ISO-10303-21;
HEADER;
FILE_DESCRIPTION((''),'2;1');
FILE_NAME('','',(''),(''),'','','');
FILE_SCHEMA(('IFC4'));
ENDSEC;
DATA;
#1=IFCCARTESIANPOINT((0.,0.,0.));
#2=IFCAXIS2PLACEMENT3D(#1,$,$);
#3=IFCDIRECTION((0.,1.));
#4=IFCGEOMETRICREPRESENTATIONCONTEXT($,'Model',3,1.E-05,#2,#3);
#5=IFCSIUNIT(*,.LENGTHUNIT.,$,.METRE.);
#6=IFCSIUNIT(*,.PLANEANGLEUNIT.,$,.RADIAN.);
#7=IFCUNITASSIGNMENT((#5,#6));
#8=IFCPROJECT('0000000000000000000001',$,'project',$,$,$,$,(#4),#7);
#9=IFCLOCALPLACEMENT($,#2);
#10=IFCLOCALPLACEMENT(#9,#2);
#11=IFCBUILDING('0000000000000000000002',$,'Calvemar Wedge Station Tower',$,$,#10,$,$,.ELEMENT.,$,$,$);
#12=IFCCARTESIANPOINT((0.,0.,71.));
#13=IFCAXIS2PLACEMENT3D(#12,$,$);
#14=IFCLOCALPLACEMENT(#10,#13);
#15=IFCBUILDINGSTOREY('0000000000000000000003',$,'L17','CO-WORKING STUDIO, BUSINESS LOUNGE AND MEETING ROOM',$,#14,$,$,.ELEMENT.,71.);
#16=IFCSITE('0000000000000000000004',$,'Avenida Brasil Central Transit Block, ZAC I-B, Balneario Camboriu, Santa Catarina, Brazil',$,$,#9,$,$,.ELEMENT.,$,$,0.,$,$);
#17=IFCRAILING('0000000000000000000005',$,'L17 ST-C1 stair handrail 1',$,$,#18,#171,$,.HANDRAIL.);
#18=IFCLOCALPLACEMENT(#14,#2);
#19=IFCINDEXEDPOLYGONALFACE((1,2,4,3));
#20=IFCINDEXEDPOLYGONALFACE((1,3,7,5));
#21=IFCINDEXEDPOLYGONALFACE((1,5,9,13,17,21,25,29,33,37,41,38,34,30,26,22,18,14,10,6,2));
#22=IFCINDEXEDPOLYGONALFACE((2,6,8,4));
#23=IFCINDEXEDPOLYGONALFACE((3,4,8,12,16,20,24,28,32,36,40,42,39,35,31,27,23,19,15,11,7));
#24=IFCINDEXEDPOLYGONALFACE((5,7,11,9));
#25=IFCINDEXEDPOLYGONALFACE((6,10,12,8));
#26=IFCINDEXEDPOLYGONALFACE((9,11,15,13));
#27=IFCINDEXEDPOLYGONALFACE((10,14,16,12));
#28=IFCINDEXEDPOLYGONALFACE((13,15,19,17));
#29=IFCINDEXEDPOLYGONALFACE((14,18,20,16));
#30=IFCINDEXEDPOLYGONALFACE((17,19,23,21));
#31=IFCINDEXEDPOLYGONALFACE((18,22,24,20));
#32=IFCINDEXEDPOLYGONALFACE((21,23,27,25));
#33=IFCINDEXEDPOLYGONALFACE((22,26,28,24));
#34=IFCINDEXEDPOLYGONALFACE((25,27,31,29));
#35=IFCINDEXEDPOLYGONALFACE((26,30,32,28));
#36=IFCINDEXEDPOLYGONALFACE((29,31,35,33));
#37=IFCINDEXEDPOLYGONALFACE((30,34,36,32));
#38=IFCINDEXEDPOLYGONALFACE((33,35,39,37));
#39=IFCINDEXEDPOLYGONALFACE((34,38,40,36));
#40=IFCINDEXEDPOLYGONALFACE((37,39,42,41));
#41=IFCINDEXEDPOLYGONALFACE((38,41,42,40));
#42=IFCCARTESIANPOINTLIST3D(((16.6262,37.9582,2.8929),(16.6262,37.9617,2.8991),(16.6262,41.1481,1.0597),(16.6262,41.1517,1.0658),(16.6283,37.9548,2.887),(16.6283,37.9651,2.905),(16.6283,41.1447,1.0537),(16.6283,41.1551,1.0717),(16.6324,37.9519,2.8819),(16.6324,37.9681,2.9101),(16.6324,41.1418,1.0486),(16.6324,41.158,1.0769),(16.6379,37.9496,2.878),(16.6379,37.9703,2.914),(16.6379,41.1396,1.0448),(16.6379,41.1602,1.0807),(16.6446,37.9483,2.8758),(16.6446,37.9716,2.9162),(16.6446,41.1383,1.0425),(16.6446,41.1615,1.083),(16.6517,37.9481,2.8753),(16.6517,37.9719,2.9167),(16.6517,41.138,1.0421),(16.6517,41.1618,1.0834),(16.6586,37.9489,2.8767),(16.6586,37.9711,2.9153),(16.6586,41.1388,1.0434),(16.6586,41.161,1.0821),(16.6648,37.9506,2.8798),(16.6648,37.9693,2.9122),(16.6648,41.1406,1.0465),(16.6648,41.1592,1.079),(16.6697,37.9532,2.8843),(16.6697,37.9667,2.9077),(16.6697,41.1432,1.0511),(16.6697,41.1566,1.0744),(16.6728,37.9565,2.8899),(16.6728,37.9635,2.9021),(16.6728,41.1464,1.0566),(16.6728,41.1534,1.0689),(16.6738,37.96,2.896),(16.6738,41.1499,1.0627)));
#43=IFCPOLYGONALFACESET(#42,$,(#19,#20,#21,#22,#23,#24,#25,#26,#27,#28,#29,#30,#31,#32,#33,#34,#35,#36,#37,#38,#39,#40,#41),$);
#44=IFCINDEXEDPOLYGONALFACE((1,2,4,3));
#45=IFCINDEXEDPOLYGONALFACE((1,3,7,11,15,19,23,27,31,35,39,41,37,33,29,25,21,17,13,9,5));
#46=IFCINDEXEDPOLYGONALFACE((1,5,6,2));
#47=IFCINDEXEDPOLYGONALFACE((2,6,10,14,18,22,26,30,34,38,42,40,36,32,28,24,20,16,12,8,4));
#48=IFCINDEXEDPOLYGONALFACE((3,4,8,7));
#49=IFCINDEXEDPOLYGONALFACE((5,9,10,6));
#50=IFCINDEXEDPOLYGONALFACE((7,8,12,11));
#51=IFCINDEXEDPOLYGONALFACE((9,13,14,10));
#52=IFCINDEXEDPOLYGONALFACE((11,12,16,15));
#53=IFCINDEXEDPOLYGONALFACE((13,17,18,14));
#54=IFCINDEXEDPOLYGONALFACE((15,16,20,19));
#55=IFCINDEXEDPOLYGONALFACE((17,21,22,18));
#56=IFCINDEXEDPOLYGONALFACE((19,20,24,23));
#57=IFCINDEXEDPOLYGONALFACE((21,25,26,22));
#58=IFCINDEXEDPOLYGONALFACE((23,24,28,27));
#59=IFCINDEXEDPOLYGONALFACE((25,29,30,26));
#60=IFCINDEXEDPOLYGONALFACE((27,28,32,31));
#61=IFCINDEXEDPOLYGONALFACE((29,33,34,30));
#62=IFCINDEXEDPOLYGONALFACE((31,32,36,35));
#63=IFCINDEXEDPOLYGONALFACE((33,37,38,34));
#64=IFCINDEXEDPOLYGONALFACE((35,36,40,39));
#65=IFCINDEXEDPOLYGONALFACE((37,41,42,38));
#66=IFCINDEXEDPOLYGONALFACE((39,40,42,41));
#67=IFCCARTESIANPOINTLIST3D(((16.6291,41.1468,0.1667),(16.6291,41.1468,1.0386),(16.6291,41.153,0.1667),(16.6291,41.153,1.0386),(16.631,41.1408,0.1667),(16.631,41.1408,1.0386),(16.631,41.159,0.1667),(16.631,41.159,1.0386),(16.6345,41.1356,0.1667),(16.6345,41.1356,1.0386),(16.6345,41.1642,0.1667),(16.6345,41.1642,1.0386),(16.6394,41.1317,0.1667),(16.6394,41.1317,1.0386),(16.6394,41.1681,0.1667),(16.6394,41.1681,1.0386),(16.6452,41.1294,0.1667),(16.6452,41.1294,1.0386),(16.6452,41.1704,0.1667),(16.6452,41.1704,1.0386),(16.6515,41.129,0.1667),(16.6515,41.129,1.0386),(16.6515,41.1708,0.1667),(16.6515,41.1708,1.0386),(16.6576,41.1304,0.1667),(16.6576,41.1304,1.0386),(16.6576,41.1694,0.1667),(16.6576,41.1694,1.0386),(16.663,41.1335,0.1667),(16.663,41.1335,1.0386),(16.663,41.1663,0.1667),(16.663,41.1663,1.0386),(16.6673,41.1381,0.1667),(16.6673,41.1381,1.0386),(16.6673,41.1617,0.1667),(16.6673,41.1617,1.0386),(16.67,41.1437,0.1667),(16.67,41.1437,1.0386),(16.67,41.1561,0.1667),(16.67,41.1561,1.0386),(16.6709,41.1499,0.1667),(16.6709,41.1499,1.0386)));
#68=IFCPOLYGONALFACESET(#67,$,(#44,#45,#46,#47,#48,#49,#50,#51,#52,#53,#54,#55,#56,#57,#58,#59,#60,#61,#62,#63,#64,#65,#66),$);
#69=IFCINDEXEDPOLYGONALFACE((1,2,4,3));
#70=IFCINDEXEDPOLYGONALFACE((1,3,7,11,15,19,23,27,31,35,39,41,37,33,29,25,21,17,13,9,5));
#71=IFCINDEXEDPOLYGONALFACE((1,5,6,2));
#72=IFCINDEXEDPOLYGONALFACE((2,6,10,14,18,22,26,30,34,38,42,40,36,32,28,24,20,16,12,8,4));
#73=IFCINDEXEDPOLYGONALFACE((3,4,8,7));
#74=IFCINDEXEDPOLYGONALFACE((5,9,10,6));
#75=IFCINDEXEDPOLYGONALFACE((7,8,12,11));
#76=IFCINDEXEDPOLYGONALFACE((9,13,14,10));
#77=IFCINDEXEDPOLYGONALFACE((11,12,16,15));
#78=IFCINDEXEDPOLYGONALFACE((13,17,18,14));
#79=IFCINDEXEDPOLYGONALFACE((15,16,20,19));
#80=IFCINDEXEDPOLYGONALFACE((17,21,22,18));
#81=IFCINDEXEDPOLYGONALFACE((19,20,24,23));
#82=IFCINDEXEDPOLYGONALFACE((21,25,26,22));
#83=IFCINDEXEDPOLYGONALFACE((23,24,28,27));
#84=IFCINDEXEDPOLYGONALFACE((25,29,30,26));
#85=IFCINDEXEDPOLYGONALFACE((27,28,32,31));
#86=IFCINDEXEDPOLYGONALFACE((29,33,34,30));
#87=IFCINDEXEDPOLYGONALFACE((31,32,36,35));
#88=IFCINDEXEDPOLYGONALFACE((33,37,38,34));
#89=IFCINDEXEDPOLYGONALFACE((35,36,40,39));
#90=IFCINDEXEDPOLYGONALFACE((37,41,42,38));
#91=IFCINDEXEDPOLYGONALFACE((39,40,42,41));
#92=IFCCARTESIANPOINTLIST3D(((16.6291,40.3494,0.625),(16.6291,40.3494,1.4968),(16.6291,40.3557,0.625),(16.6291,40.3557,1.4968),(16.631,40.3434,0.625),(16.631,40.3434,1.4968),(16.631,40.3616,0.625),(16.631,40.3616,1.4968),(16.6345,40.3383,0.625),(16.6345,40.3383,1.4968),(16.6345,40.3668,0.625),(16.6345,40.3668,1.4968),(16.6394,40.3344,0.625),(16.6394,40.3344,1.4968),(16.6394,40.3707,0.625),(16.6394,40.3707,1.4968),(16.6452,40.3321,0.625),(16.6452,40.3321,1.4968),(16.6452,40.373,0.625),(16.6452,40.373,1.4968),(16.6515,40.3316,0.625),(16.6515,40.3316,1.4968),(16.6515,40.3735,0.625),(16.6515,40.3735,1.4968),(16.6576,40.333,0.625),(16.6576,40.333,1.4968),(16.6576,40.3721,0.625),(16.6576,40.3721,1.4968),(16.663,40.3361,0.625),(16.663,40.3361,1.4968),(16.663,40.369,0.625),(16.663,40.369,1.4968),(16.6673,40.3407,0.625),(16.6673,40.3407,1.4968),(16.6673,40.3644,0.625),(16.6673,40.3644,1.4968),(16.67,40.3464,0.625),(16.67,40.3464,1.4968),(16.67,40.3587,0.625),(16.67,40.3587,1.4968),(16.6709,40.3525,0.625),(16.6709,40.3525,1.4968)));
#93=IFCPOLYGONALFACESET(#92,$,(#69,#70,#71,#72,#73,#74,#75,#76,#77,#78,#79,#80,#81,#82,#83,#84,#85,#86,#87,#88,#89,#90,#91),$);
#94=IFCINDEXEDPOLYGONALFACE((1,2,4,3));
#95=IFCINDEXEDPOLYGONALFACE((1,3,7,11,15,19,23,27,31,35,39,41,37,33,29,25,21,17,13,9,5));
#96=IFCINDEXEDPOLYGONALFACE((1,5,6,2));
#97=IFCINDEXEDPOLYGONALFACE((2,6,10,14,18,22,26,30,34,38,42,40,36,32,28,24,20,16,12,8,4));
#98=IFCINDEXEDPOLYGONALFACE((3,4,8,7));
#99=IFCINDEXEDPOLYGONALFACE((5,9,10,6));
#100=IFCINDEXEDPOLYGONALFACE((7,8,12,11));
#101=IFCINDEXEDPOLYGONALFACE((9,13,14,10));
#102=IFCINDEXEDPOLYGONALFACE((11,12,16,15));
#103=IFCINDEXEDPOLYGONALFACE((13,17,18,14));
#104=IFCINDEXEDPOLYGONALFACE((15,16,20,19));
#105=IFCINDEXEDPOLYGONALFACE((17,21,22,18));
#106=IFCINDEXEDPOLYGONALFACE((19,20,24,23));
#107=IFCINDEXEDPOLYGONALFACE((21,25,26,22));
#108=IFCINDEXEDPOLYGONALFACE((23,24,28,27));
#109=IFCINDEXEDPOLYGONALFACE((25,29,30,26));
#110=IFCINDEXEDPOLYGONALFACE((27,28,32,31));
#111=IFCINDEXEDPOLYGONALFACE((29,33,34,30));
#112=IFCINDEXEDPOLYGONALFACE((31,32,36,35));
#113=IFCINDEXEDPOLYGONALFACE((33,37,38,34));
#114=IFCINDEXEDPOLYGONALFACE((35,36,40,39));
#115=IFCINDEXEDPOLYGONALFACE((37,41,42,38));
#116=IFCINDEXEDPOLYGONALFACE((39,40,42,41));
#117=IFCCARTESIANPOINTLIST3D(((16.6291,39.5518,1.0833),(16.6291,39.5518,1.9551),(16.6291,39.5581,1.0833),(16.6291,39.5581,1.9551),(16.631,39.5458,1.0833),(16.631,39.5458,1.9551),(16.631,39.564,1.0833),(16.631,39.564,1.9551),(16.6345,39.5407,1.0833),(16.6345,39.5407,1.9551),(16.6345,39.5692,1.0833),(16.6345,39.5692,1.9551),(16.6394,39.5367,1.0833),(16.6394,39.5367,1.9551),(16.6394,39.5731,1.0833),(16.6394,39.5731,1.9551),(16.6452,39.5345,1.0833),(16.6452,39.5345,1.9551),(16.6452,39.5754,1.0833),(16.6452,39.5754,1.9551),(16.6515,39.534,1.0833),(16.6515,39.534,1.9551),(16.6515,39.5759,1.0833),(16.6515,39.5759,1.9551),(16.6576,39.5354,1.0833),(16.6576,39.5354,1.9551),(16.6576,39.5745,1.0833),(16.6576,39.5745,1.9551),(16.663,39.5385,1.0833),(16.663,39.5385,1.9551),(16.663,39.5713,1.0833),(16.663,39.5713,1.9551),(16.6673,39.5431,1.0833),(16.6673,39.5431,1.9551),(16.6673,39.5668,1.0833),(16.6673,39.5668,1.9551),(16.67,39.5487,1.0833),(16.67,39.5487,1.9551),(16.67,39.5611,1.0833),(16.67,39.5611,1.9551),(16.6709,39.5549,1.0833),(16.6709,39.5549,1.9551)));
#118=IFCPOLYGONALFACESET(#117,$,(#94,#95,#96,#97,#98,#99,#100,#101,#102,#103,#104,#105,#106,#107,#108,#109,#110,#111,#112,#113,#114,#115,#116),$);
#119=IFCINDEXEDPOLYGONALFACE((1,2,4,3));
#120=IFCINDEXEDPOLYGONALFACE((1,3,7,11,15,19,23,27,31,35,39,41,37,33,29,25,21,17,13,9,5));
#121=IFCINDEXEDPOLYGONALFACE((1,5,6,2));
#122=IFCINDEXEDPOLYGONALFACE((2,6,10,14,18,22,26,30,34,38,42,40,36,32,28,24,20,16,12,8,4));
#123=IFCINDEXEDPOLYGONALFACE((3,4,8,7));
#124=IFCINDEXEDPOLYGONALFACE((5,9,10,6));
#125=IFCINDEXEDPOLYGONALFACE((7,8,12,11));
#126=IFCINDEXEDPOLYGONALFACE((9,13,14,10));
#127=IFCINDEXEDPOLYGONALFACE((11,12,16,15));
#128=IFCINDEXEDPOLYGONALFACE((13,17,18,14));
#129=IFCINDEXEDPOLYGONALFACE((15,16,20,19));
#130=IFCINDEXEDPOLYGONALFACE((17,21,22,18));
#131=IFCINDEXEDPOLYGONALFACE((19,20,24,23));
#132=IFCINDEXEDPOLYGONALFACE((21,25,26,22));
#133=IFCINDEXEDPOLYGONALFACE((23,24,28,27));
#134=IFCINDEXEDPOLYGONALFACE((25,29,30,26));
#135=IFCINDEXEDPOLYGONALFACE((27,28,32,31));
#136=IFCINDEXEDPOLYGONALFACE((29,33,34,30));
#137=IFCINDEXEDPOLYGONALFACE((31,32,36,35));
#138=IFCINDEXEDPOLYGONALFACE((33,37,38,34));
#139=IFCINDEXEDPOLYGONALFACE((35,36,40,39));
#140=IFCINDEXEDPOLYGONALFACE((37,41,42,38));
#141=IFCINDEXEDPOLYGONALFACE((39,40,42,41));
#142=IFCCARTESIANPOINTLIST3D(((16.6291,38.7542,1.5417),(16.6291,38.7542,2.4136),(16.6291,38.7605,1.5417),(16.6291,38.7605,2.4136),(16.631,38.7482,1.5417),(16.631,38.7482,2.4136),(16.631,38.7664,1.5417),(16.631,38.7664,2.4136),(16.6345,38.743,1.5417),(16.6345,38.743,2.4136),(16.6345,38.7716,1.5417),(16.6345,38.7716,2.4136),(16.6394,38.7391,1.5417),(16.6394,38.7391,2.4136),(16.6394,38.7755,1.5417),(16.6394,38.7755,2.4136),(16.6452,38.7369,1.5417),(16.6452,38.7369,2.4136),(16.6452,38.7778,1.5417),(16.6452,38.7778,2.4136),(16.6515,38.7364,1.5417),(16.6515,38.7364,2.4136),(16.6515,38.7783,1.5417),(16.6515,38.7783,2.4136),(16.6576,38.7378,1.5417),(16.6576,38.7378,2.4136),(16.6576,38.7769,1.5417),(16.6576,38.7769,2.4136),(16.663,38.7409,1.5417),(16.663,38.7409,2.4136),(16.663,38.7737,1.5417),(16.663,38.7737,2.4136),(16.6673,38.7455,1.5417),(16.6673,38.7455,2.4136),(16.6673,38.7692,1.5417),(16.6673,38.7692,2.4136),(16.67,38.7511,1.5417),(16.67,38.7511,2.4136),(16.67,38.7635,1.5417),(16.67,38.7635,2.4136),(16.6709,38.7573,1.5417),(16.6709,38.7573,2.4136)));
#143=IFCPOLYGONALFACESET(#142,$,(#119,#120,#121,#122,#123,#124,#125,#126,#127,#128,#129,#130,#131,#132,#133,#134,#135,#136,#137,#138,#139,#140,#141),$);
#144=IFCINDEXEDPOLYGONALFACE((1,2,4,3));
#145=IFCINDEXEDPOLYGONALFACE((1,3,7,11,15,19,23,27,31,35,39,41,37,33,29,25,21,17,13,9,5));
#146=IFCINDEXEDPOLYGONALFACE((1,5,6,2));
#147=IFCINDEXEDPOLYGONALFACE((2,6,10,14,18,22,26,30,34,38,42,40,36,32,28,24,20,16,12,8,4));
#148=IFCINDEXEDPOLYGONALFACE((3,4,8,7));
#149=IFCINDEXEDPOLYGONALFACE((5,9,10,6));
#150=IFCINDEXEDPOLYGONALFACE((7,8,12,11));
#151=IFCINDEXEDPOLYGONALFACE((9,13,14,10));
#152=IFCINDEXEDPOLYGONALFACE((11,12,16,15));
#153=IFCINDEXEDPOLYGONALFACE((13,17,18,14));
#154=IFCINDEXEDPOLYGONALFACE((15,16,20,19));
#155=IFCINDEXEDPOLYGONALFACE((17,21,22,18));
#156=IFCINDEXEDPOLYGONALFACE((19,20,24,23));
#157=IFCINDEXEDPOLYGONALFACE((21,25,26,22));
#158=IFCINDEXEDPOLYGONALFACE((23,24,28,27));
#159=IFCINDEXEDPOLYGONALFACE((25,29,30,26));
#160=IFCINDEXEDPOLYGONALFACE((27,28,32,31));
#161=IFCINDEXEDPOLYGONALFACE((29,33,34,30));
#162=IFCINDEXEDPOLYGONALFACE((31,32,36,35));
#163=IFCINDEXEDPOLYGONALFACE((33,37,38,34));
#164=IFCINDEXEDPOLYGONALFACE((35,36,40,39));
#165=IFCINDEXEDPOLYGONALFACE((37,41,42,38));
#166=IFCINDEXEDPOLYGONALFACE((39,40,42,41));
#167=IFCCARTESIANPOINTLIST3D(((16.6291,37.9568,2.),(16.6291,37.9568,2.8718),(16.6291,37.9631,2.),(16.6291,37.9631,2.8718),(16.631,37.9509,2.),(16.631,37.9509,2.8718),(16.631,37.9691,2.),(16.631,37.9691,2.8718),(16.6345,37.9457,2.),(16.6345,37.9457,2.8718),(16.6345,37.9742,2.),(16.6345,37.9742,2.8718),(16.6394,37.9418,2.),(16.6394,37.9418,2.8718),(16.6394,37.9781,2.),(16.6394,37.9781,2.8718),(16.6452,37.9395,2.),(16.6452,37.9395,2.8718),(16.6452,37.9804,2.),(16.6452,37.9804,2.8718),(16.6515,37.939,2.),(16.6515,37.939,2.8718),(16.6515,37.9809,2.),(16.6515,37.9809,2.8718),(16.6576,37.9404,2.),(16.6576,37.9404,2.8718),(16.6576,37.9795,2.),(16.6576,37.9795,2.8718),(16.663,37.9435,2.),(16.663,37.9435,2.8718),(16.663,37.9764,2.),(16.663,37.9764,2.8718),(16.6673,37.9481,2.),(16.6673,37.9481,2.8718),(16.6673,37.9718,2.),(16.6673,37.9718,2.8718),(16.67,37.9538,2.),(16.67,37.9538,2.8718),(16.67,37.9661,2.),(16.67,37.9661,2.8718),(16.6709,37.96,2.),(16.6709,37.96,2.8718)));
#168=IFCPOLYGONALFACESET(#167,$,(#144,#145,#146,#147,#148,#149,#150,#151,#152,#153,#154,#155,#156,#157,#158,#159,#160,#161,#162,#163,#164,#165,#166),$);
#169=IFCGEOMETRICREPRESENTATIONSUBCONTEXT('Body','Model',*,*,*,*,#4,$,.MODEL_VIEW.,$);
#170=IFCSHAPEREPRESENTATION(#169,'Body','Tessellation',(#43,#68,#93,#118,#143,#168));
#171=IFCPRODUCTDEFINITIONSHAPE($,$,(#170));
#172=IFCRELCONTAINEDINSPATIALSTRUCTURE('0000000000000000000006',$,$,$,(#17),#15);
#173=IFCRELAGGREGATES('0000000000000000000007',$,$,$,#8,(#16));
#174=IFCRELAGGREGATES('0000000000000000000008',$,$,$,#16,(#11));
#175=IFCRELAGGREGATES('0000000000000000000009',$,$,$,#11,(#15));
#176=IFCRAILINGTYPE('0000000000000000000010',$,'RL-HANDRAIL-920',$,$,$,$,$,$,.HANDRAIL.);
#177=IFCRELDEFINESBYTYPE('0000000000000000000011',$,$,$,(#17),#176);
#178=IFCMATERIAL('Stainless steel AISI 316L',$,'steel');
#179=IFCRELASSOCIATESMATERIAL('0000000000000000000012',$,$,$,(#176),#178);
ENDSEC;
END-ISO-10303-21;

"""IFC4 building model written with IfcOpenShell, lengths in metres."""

from ifc_helpers import new_model, si_unit, direction, frame, origin, origin_2d, place, context, subcontext, project, spatial, circle, extrude, material, type_object, element, save


model = new_model("IFC4")

# Units and contexts
model_context = context("Model", 3, precision=1e-05, world=origin(), true_north=direction((0.0, 1.0)))
body_context = subcontext(model_context, "Body", "Model", "MODEL_VIEW")
ifc_project = project(units=[si_unit("LENGTHUNIT", "METRE"), si_unit("PLANEANGLEUNIT", "RADIAN")], contexts=[model_context])

# Site, building, storey
site_placement = place(None, origin())
site = spatial("IfcSite", under=ifc_project, at=site_placement, Name="Avenida Brasil Central Transit Block, ZAC I-B, Balneario Camboriu, Santa Catarina, Brazil", CompositionType="ELEMENT", RefElevation=0.0)
building_placement = place(site_placement, origin())
building = spatial("IfcBuilding", under=site, at=building_placement, Name="Calvemar Wedge Station Tower", CompositionType="ELEMENT")
storey_placement = place(building_placement, frame((0.0, 0.0, 71.0)))
storey = spatial("IfcBuildingStorey", under=building, at=storey_placement, Name="L17", Description="CO-WORKING STUDIO, BUSINESS LOUNGE AND MEETING ROOM", CompositionType="ELEMENT", Elevation=71.0)

# Railing
ifc_material_1 = material(Name="Stainless steel AISI 316L", Category="steel")
railing_type_1 = type_object("IfcRailingType", Name="RL-HANDRAIL-920", PredefinedType="HANDRAIL", material=ifc_material_1)
railing_1_placement = place(storey_placement, frame((16.6499, 41.1499, 0.1667)))
element("IfcRailing", 1, at=railing_1_placement, inside=storey, type_object=railing_type_1, Name="L17 ST-C1 stair handrail 1", PredefinedType="HANDRAIL", context=body_context, shape_type="SweptSolid", body=[
    extrude(circle(Radius=0.0239, at=origin_2d()), frame((0.0, 0.0, 0.896), z_axis=(0.0, -0.86702, 0.498274), x_axis=(1.0, 0.0, 0.0)), (0.0, 0.0, 1.0), 3.6792),
    extrude(circle(Radius=0.021, at=origin_2d()), origin(), (0.0, 0.0, 1.0), 0.8718),
    extrude(circle(Radius=0.021, at=origin_2d()), frame((0.0, -0.7974, 0.4583)), (0.0, 0.0, 1.0), 0.8718),
    extrude(circle(Radius=0.021, at=origin_2d()), frame((0.0, -1.595, 0.9165)), (0.0, 0.0, 1.0), 0.8718),
    extrude(circle(Radius=0.021, at=origin_2d()), frame((0.0, -2.3926, 1.375)), (0.0, 0.0, 1.0), 0.8718),
    extrude(circle(Radius=0.021, at=origin_2d()), frame((0.0, -3.1899, 1.8333)), (0.0, 0.0, 1.0), 0.8718),
])

save(model, "model.ifc")
